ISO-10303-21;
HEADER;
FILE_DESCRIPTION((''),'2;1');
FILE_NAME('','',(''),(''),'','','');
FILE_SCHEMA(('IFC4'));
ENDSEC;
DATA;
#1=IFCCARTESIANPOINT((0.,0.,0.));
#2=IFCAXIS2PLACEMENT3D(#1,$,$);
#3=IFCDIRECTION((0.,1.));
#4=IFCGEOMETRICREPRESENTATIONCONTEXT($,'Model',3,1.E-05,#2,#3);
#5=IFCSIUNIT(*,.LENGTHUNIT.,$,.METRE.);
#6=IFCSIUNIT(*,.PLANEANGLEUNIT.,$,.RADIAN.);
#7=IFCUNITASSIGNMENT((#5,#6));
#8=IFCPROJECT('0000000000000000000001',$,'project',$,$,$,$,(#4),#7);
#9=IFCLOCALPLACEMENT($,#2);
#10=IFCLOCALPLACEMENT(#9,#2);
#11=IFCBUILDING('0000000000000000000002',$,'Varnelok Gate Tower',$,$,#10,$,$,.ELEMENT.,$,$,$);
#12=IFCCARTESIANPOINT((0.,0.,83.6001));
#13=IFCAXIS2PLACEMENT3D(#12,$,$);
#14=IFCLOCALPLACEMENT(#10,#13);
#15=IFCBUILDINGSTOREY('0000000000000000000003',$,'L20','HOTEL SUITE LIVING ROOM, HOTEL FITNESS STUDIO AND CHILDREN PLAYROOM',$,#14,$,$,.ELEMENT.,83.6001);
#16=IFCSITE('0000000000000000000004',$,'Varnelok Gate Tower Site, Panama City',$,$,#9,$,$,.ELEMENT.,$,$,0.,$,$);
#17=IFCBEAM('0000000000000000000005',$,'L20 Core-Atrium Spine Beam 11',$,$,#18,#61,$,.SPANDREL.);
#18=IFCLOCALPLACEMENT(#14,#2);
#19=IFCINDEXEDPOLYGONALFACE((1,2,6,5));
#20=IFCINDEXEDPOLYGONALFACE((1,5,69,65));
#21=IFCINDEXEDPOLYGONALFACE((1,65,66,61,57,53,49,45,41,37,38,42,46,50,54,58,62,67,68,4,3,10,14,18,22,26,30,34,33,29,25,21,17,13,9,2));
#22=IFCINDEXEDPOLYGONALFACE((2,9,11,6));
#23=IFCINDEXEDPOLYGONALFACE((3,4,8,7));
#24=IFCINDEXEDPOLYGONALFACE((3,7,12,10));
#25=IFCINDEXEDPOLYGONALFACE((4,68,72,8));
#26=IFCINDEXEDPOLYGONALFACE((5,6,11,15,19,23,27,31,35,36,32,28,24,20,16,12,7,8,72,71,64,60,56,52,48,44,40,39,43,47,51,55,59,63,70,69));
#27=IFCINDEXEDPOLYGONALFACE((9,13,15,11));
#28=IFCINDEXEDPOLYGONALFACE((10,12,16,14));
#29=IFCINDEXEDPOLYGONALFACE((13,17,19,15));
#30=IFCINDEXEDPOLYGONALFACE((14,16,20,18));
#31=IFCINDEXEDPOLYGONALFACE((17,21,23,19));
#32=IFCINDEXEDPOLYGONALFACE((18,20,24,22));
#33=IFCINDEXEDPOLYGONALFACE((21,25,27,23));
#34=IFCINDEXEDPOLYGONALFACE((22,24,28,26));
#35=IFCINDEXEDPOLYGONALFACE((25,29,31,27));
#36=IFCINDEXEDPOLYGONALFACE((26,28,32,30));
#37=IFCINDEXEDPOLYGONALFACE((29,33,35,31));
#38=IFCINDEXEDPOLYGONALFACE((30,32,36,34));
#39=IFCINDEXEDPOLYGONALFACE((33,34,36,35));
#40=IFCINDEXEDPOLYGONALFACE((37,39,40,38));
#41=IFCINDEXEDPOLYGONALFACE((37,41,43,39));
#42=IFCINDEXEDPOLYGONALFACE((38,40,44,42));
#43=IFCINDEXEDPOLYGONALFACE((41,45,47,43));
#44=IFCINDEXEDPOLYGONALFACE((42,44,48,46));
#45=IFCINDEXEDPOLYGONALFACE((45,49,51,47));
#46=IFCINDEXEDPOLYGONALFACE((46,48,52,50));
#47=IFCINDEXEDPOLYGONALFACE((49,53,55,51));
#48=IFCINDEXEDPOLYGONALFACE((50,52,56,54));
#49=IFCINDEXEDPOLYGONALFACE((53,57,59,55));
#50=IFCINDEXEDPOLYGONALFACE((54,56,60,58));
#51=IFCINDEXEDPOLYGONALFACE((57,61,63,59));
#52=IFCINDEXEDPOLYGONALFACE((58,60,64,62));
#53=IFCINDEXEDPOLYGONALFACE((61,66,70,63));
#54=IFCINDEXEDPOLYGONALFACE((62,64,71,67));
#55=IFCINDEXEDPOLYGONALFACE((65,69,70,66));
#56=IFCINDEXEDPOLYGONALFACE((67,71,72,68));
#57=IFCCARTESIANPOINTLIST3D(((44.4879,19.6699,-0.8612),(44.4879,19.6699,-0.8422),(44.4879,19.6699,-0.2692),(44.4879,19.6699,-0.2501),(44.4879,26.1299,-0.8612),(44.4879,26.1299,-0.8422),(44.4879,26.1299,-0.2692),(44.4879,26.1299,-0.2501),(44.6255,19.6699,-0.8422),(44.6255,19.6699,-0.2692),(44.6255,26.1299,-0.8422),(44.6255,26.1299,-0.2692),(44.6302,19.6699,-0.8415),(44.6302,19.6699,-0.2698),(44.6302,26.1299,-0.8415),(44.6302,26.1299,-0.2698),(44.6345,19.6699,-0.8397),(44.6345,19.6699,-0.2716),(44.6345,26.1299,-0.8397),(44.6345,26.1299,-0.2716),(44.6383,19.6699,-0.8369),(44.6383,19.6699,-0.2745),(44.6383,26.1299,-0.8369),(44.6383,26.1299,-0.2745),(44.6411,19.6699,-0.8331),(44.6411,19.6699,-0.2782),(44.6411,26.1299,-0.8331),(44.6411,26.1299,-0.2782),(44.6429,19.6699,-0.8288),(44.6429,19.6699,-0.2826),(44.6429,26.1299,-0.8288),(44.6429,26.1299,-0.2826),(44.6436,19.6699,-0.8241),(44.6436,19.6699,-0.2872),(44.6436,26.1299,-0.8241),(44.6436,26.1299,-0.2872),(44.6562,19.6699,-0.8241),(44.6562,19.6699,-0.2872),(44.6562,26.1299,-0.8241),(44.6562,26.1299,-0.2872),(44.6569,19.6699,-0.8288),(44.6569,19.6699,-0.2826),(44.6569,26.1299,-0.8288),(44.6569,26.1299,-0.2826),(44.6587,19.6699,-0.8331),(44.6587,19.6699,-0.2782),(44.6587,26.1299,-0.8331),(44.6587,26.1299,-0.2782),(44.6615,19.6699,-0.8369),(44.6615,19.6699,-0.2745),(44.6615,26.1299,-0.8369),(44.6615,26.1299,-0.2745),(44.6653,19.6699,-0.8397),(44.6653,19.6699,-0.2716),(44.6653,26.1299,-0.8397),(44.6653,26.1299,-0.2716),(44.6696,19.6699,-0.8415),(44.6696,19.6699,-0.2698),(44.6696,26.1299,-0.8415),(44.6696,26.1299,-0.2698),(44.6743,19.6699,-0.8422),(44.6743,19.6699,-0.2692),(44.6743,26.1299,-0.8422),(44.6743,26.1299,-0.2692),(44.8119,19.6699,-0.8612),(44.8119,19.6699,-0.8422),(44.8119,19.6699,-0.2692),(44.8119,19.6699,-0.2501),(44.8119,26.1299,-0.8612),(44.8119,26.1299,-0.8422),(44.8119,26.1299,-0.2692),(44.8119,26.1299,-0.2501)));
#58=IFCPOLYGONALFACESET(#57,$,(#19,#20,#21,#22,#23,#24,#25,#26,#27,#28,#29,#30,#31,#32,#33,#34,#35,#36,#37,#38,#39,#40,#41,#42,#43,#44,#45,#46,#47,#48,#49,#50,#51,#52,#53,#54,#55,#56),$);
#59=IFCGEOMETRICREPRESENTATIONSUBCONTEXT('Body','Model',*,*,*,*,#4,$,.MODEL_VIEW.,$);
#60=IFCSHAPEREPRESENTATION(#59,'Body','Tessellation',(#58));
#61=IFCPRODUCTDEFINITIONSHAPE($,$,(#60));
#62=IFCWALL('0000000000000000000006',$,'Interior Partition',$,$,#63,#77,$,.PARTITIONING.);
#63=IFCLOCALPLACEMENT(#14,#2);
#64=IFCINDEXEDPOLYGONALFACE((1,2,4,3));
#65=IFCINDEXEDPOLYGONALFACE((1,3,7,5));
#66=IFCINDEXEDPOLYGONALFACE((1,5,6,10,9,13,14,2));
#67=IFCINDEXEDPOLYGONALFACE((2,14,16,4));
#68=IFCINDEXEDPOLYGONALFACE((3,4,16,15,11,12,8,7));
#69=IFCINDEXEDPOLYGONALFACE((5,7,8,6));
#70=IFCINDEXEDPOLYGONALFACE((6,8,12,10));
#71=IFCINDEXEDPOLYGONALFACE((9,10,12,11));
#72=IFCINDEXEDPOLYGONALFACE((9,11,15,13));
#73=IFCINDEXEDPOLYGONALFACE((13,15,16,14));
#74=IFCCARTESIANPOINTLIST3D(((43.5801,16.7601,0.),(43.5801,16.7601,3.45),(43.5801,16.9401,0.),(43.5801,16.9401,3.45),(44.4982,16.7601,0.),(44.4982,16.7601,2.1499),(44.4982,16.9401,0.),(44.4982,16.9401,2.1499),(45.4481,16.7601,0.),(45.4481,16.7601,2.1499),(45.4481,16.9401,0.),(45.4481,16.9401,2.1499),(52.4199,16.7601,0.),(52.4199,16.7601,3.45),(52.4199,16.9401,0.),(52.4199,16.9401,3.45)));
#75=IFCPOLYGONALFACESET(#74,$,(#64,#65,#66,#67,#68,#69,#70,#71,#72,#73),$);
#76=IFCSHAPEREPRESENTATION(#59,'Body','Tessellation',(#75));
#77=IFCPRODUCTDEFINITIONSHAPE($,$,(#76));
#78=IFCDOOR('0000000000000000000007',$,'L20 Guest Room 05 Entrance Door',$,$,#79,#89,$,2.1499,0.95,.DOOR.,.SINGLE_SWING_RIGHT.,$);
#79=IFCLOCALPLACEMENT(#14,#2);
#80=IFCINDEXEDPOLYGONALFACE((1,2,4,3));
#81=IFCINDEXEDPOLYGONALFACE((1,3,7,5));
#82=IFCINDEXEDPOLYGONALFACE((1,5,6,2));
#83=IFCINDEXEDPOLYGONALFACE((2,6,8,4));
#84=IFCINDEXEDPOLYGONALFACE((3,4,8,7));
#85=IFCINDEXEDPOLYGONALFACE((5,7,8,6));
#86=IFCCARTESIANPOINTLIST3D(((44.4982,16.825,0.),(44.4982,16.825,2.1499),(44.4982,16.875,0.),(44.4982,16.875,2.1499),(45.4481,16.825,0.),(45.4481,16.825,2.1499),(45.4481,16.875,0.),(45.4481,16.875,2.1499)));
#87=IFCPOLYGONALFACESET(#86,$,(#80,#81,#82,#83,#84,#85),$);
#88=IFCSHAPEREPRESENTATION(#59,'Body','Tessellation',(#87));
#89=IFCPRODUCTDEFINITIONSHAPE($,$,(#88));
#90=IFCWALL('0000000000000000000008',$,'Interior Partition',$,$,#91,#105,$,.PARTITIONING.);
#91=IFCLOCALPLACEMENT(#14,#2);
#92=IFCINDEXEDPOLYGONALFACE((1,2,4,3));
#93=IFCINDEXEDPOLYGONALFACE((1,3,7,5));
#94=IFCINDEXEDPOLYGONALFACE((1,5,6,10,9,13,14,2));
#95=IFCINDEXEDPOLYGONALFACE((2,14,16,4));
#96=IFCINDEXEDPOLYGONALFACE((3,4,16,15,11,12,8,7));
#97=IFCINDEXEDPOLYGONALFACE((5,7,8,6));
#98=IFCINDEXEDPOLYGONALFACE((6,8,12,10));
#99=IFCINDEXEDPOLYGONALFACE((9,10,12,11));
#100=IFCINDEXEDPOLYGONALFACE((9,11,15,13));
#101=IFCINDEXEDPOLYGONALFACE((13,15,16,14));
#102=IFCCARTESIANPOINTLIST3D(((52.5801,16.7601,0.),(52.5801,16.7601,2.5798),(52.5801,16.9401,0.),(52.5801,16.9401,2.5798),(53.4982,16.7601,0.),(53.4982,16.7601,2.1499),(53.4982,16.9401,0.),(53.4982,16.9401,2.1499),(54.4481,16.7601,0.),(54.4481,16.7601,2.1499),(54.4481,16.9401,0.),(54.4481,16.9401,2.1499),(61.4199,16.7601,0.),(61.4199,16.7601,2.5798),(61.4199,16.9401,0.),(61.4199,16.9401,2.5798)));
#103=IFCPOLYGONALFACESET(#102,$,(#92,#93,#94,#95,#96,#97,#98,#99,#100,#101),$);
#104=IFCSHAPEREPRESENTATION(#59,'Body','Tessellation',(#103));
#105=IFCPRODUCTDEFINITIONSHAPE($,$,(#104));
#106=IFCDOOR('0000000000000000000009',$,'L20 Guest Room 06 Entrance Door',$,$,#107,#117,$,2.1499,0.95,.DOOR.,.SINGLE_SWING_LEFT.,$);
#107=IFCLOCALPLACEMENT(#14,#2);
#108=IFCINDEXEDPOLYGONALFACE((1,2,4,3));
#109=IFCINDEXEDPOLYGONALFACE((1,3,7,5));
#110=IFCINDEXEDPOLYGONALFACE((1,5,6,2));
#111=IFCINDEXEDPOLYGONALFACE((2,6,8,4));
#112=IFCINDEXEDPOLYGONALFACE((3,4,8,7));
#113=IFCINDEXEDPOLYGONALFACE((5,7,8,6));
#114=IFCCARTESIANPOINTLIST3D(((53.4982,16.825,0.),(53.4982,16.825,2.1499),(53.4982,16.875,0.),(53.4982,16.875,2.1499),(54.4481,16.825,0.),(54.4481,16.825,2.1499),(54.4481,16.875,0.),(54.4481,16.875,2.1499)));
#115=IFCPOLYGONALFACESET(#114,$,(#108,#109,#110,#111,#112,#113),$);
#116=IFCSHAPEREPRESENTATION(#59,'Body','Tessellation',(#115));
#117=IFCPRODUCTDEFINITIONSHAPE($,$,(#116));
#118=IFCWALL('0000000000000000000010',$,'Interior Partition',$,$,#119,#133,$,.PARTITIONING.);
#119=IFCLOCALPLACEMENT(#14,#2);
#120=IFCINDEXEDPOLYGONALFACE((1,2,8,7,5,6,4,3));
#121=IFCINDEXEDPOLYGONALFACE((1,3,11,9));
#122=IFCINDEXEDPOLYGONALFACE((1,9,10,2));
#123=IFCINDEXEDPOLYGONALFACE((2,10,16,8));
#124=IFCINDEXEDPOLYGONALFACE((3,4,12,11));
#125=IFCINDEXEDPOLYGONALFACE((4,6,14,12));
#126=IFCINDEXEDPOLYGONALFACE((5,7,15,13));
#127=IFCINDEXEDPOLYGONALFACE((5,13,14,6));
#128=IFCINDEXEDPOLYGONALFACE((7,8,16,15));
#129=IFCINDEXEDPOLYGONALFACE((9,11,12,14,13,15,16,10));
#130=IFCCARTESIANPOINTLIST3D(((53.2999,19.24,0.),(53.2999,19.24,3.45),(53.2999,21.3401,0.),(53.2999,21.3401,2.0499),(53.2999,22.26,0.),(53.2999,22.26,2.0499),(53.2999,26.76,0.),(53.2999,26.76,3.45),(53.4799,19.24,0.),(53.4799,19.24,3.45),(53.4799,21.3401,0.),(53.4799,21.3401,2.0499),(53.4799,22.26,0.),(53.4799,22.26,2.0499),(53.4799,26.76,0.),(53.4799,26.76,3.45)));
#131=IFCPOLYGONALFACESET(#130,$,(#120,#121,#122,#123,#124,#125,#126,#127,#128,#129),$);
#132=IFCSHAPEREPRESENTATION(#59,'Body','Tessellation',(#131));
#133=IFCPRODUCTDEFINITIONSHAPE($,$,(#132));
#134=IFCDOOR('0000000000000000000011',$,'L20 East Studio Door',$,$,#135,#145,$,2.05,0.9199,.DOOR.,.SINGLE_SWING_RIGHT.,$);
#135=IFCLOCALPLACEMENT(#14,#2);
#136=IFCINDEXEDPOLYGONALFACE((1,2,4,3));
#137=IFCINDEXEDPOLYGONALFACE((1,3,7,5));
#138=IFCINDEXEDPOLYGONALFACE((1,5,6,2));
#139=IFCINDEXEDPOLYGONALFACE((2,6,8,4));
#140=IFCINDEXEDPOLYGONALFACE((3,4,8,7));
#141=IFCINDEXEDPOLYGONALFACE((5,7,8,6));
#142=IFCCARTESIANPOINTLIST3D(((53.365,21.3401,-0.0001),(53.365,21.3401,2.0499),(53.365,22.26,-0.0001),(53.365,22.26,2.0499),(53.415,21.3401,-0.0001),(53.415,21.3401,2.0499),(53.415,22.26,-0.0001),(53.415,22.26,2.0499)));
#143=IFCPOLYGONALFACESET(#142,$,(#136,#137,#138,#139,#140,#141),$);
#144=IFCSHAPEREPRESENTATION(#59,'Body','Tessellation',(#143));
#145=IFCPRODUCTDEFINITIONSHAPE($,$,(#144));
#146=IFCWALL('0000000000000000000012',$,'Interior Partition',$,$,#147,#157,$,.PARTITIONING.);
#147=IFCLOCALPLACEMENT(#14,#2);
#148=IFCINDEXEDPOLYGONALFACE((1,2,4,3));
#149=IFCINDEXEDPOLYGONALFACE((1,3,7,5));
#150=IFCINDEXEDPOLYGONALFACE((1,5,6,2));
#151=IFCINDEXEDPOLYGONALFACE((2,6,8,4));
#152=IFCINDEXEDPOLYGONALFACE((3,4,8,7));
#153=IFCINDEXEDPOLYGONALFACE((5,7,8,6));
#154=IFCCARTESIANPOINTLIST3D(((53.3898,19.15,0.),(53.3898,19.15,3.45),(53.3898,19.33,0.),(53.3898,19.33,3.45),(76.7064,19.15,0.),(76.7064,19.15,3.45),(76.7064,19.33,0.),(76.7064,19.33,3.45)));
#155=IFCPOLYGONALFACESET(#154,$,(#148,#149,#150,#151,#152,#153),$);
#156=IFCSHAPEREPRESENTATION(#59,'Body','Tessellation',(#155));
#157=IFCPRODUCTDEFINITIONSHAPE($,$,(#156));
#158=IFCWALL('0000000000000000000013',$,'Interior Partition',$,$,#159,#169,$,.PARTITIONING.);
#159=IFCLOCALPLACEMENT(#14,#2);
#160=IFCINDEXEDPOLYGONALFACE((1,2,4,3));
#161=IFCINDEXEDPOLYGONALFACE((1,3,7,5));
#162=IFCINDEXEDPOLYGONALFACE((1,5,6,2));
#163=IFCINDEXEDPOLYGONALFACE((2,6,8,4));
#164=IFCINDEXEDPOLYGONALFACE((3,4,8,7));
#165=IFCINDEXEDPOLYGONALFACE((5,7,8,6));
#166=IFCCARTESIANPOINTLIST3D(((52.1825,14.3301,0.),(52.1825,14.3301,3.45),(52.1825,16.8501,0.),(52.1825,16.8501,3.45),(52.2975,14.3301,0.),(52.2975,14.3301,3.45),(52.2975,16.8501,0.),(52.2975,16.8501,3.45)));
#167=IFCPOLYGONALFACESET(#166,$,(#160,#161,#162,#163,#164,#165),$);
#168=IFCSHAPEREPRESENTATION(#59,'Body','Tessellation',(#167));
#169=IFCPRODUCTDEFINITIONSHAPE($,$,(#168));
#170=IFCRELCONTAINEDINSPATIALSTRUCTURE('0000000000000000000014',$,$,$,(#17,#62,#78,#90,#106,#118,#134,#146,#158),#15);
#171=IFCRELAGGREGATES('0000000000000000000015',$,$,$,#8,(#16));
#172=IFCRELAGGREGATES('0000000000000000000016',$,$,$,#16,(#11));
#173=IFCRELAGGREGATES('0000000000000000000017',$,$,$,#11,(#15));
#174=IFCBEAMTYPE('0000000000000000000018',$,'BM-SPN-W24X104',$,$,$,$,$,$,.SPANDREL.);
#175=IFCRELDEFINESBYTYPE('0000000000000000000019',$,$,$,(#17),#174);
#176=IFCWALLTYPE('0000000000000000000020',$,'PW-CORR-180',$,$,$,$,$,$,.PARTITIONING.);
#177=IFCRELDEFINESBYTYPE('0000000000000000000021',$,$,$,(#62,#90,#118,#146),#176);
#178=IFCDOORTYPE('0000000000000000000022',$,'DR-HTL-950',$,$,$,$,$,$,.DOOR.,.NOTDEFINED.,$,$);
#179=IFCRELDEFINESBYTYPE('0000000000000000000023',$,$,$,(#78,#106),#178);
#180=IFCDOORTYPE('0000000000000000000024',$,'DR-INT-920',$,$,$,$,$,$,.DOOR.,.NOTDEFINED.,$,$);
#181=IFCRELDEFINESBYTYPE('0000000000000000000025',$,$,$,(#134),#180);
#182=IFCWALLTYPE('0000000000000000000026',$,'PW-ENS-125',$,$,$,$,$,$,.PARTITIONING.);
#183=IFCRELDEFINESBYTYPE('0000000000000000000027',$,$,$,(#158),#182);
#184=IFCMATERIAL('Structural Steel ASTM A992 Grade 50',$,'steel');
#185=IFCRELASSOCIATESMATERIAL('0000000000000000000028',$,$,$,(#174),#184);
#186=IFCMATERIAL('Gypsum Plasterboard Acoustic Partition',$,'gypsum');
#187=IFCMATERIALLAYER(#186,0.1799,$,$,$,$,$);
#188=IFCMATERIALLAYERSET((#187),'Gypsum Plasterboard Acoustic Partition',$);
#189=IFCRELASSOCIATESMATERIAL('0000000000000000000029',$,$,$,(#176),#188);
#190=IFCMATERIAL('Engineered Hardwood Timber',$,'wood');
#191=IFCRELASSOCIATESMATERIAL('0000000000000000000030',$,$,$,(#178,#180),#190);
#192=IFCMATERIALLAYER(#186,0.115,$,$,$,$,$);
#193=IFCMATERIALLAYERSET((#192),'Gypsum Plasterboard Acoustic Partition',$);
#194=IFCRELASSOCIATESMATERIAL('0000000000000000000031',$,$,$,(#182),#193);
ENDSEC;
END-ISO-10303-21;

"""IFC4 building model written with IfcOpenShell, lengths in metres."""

from ifc_helpers import new_model, si_unit, direction, frame, frame_2d, origin, origin_2d, place, context, subcontext, project, spatial, rectangle, i_section, extrude, material, layer, layer_set, material_profile, profile_set, type_object, element, fill, save


model = new_model("IFC4")

# Units and contexts
model_context = context("Model", 3, precision=1e-05, world=origin(), true_north=direction((0.0, 1.0)))
body_context = subcontext(model_context, "Body", "Model", "MODEL_VIEW")
ifc_project = project(units=[si_unit("LENGTHUNIT", "METRE"), si_unit("PLANEANGLEUNIT", "RADIAN")], contexts=[model_context])

# Site, building, storey
site_placement = place(None, origin())
site = spatial("IfcSite", under=ifc_project, at=site_placement, Name="Varnelok Gate Tower Site, Panama City", CompositionType="ELEMENT", RefElevation=0.0)
building_placement = place(site_placement, origin())
building = spatial("IfcBuilding", under=site, at=building_placement, Name="Varnelok Gate Tower", CompositionType="ELEMENT")
storey_placement = place(building_placement, frame((0.0, 0.0, 83.6001)))
storey = spatial("IfcBuildingStorey", under=building, at=storey_placement, Name="L20", Description="HOTEL SUITE LIVING ROOM, HOTEL FITNESS STUDIO AND CHILDREN PLAYROOM", CompositionType="ELEMENT", Elevation=83.6001)

# Shared definitions
ifc_material_1 = material(Name="Structural Steel ASTM A992 Grade 50", Category="steel")

# Beam
ifc_material_profile_1 = material_profile(ifc_material_1, i_section(OverallWidth=0.324, OverallDepth=0.6111, WebThickness=0.0127, FlangeThickness=0.019, FilletRadius=0.0181, at=origin_2d()), Name="W24X104")
ifc_profile_set_1 = profile_set([ifc_material_profile_1], Name="Structural Steel ASTM A992 Grade 50")
beam_type_1 = type_object("IfcBeamType", Name="BM-SPN-W24X104", PredefinedType="SPANDREL", material=ifc_profile_set_1)
beam_1_placement = place(storey_placement, frame((44.6499, 19.6699, -0.5557), z_axis=(0.0, 1.0, 0.0), x_axis=(-1.0, 0.0, 0.0)))
element("IfcBeam", 1, at=beam_1_placement, inside=storey, type_object=beam_type_1, Name="L20 Core-Atrium Spine Beam 11", PredefinedType="SPANDREL", context=body_context, shape_type="SweptSolid", body=[
    extrude(i_section(OverallWidth=0.324, OverallDepth=0.6111, WebThickness=0.0127, FlangeThickness=0.019, FilletRadius=0.0181, at=origin_2d()), origin(), (0.0, 0.0, 1.0), 6.46),
])

# Walls, openings, doors
ifc_material_2 = material(Name="Gypsum Plasterboard Acoustic Partition", Category="gypsum")
ifc_layer_1 = layer(ifc_material_2, 0.1799)
ifc_layer_set_1 = layer_set([ifc_layer_1], Name="Gypsum Plasterboard Acoustic Partition")
wall_type_1 = type_object("IfcWallType", Name="PW-CORR-180", PredefinedType="PARTITIONING", material=ifc_layer_set_1)
wall_1_placement = place(storey_placement, frame((43.5801, 16.8501, 0.0), z_axis=(0.0, 0.0, 1.0), x_axis=(1.0, 0.0, 0.0)))
wall_1 = element("IfcWall", 2, at=wall_1_placement, inside=storey, type_object=wall_type_1, Name="Interior Partition", PredefinedType="PARTITIONING", context=body_context, shape_type="SweptSolid", body=[
    extrude(rectangle(XDim=8.8398, YDim=0.1799, at=frame_2d((4.4199, 0.0))), origin(), (0.0, 0.0, 1.0), 3.45),
])
opening_1_placement = place(wall_1_placement, frame((0.918, 0.0, 0.0)))
opening_1 = element("IfcOpeningElement", 3, at=opening_1_placement, cuts=wall_1, PredefinedType="OPENING", context=body_context, shape_type="SweptSolid", body=[
    extrude(rectangle(XDim=0.95, YDim=2.1499, at=frame_2d((0.4751, 1.075))), frame((0.0, 0.0999, 0.0), z_axis=(0.0, -1.0, 0.0), x_axis=(1.0, 0.0, 0.0)), (0.0, 0.0, 1.0), 0.2),
])
ifc_material_3 = material(Name="Engineered Hardwood Timber", Category="wood")
door_type_1 = type_object("IfcDoorType", Name="DR-HTL-950", OperationType="NOTDEFINED", PredefinedType="DOOR", material=ifc_material_3)
door_1_placement = place(opening_1_placement, origin())
door_1 = element("IfcDoor", 4, at=door_1_placement, inside=storey, type_object=door_type_1, Name="L20 Guest Room 05 Entrance Door", OperationType="SINGLE_SWING_RIGHT", OverallHeight=2.1499, OverallWidth=0.95, PredefinedType="DOOR", context=body_context, shape_type="SweptSolid", body=[
    extrude(rectangle(XDim=0.95, YDim=2.1499, at=frame_2d((0.4751, 1.075))), frame((0.0, 0.0249, 0.0), z_axis=(0.0, -1.0, 0.0), x_axis=(1.0, 0.0, 0.0)), (0.0, 0.0, 1.0), 0.05),
])
fill(opening_1, door_1)
wall_2_placement = place(storey_placement, frame((52.5801, 16.8501, 0.0), z_axis=(0.0, 0.0, 1.0), x_axis=(1.0, 0.0, 0.0)))
wall_2 = element("IfcWall", 5, at=wall_2_placement, inside=storey, type_object=wall_type_1, Name="Interior Partition", PredefinedType="PARTITIONING", context=body_context, shape_type="SweptSolid", body=[
    extrude(rectangle(XDim=8.8398, YDim=0.1799, at=frame_2d((4.4199, 0.0))), origin(), (0.0, 0.0, 1.0), 2.5798),
])
opening_2_placement = place(wall_2_placement, frame((0.918, 0.0, 0.0)))
opening_2 = element("IfcOpeningElement", 6, at=opening_2_placement, cuts=wall_2, PredefinedType="OPENING", context=body_context, shape_type="SweptSolid", body=[
    extrude(rectangle(XDim=0.95, YDim=2.1499, at=frame_2d((0.4751, 1.075))), frame((0.0, 0.0999, 0.0), z_axis=(0.0, -1.0, 0.0), x_axis=(1.0, 0.0, 0.0)), (0.0, 0.0, 1.0), 0.2),
])
door_2_placement = place(opening_2_placement, origin())
door_2 = element("IfcDoor", 7, at=door_2_placement, inside=storey, type_object=door_type_1, Name="L20 Guest Room 06 Entrance Door", OperationType="SINGLE_SWING_LEFT", OverallHeight=2.1499, OverallWidth=0.95, PredefinedType="DOOR", context=body_context, shape_type="SweptSolid", body=[
    extrude(rectangle(XDim=0.95, YDim=2.1499, at=frame_2d((0.4751, 1.075))), frame((0.0, 0.0249, 0.0), z_axis=(0.0, -1.0, 0.0), x_axis=(1.0, 0.0, 0.0)), (0.0, 0.0, 1.0), 0.05),
])
fill(opening_2, door_2)
wall_3_placement = place(storey_placement, frame((53.3899, 19.24, 0.0), z_axis=(0.0, 0.0, 1.0), x_axis=(0.0, 1.0, 0.0)))
wall_3 = element("IfcWall", 8, at=wall_3_placement, inside=storey, type_object=wall_type_1, Name="Interior Partition", PredefinedType="PARTITIONING", context=body_context, shape_type="SweptSolid", body=[
    extrude(rectangle(XDim=7.52, YDim=0.1799, at=frame_2d((3.76, 0.0))), origin(), (0.0, 0.0, 1.0), 3.45),
])
opening_3_placement = place(wall_3_placement, frame((2.1001, 0.0, 0.0)))
opening_3 = element("IfcOpeningElement", 9, at=opening_3_placement, cuts=wall_3, PredefinedType="OPENING", context=body_context, shape_type="SweptSolid", body=[
    extrude(rectangle(XDim=0.9199, YDim=2.05, at=frame_2d((0.46, 1.0249))), frame((0.0, 0.0999, 0.0), z_axis=(0.0, -1.0, 0.0), x_axis=(1.0, 0.0, 0.0)), (0.0, 0.0, 1.0), 0.2),
])
door_type_2 = type_object("IfcDoorType", Name="DR-INT-920", OperationType="NOTDEFINED", PredefinedType="DOOR", material=ifc_material_3)
door_3_placement = place(opening_3_placement, origin())
door_3 = element("IfcDoor", 10, at=door_3_placement, inside=storey, type_object=door_type_2, Name="L20 East Studio Door", OperationType="SINGLE_SWING_RIGHT", OverallHeight=2.05, OverallWidth=0.9199, PredefinedType="DOOR", context=body_context, shape_type="SweptSolid", body=[
    extrude(rectangle(XDim=0.9199, YDim=2.05, at=frame_2d((0.46, 1.0249))), frame((0.0, 0.0249, 0.0), z_axis=(0.0, -1.0, 0.0), x_axis=(1.0, 0.0, 0.0)), (0.0, 0.0, 1.0), 0.05),
])
fill(opening_3, door_3)

# Walls
wall_4_placement = place(storey_placement, frame((53.3899, 19.24, 0.0), z_axis=(0.0, 0.0, 1.0), x_axis=(1.0, 0.0, 0.0)))
element("IfcWall", 11, at=wall_4_placement, inside=storey, type_object=wall_type_1, Name="Interior Partition", PredefinedType="PARTITIONING", context=body_context, shape_type="SweptSolid", body=[
    extrude(rectangle(XDim=23.3167, YDim=0.1799, at=frame_2d((11.6582, 0.0))), origin(), (0.0, 0.0, 1.0), 3.45),
])
ifc_layer_2 = layer(ifc_material_2, 0.115)
ifc_layer_set_2 = layer_set([ifc_layer_2], Name="Gypsum Plasterboard Acoustic Partition")
wall_type_2 = type_object("IfcWallType", Name="PW-ENS-125", PredefinedType="PARTITIONING", material=ifc_layer_set_2)
wall_5_placement = place(storey_placement, frame((52.24, 14.3301, 0.0), z_axis=(0.0, 0.0, 1.0), x_axis=(0.0, 1.0, 0.0)))
element("IfcWall", 12, at=wall_5_placement, inside=storey, type_object=wall_type_2, Name="Interior Partition", PredefinedType="PARTITIONING", context=body_context, shape_type="SweptSolid", body=[
    extrude(rectangle(XDim=2.52, YDim=0.115, at=frame_2d((1.26, 0.0))), origin(), (0.0, 0.0, 1.0), 3.45),
])

save(model, "model.ifc")
